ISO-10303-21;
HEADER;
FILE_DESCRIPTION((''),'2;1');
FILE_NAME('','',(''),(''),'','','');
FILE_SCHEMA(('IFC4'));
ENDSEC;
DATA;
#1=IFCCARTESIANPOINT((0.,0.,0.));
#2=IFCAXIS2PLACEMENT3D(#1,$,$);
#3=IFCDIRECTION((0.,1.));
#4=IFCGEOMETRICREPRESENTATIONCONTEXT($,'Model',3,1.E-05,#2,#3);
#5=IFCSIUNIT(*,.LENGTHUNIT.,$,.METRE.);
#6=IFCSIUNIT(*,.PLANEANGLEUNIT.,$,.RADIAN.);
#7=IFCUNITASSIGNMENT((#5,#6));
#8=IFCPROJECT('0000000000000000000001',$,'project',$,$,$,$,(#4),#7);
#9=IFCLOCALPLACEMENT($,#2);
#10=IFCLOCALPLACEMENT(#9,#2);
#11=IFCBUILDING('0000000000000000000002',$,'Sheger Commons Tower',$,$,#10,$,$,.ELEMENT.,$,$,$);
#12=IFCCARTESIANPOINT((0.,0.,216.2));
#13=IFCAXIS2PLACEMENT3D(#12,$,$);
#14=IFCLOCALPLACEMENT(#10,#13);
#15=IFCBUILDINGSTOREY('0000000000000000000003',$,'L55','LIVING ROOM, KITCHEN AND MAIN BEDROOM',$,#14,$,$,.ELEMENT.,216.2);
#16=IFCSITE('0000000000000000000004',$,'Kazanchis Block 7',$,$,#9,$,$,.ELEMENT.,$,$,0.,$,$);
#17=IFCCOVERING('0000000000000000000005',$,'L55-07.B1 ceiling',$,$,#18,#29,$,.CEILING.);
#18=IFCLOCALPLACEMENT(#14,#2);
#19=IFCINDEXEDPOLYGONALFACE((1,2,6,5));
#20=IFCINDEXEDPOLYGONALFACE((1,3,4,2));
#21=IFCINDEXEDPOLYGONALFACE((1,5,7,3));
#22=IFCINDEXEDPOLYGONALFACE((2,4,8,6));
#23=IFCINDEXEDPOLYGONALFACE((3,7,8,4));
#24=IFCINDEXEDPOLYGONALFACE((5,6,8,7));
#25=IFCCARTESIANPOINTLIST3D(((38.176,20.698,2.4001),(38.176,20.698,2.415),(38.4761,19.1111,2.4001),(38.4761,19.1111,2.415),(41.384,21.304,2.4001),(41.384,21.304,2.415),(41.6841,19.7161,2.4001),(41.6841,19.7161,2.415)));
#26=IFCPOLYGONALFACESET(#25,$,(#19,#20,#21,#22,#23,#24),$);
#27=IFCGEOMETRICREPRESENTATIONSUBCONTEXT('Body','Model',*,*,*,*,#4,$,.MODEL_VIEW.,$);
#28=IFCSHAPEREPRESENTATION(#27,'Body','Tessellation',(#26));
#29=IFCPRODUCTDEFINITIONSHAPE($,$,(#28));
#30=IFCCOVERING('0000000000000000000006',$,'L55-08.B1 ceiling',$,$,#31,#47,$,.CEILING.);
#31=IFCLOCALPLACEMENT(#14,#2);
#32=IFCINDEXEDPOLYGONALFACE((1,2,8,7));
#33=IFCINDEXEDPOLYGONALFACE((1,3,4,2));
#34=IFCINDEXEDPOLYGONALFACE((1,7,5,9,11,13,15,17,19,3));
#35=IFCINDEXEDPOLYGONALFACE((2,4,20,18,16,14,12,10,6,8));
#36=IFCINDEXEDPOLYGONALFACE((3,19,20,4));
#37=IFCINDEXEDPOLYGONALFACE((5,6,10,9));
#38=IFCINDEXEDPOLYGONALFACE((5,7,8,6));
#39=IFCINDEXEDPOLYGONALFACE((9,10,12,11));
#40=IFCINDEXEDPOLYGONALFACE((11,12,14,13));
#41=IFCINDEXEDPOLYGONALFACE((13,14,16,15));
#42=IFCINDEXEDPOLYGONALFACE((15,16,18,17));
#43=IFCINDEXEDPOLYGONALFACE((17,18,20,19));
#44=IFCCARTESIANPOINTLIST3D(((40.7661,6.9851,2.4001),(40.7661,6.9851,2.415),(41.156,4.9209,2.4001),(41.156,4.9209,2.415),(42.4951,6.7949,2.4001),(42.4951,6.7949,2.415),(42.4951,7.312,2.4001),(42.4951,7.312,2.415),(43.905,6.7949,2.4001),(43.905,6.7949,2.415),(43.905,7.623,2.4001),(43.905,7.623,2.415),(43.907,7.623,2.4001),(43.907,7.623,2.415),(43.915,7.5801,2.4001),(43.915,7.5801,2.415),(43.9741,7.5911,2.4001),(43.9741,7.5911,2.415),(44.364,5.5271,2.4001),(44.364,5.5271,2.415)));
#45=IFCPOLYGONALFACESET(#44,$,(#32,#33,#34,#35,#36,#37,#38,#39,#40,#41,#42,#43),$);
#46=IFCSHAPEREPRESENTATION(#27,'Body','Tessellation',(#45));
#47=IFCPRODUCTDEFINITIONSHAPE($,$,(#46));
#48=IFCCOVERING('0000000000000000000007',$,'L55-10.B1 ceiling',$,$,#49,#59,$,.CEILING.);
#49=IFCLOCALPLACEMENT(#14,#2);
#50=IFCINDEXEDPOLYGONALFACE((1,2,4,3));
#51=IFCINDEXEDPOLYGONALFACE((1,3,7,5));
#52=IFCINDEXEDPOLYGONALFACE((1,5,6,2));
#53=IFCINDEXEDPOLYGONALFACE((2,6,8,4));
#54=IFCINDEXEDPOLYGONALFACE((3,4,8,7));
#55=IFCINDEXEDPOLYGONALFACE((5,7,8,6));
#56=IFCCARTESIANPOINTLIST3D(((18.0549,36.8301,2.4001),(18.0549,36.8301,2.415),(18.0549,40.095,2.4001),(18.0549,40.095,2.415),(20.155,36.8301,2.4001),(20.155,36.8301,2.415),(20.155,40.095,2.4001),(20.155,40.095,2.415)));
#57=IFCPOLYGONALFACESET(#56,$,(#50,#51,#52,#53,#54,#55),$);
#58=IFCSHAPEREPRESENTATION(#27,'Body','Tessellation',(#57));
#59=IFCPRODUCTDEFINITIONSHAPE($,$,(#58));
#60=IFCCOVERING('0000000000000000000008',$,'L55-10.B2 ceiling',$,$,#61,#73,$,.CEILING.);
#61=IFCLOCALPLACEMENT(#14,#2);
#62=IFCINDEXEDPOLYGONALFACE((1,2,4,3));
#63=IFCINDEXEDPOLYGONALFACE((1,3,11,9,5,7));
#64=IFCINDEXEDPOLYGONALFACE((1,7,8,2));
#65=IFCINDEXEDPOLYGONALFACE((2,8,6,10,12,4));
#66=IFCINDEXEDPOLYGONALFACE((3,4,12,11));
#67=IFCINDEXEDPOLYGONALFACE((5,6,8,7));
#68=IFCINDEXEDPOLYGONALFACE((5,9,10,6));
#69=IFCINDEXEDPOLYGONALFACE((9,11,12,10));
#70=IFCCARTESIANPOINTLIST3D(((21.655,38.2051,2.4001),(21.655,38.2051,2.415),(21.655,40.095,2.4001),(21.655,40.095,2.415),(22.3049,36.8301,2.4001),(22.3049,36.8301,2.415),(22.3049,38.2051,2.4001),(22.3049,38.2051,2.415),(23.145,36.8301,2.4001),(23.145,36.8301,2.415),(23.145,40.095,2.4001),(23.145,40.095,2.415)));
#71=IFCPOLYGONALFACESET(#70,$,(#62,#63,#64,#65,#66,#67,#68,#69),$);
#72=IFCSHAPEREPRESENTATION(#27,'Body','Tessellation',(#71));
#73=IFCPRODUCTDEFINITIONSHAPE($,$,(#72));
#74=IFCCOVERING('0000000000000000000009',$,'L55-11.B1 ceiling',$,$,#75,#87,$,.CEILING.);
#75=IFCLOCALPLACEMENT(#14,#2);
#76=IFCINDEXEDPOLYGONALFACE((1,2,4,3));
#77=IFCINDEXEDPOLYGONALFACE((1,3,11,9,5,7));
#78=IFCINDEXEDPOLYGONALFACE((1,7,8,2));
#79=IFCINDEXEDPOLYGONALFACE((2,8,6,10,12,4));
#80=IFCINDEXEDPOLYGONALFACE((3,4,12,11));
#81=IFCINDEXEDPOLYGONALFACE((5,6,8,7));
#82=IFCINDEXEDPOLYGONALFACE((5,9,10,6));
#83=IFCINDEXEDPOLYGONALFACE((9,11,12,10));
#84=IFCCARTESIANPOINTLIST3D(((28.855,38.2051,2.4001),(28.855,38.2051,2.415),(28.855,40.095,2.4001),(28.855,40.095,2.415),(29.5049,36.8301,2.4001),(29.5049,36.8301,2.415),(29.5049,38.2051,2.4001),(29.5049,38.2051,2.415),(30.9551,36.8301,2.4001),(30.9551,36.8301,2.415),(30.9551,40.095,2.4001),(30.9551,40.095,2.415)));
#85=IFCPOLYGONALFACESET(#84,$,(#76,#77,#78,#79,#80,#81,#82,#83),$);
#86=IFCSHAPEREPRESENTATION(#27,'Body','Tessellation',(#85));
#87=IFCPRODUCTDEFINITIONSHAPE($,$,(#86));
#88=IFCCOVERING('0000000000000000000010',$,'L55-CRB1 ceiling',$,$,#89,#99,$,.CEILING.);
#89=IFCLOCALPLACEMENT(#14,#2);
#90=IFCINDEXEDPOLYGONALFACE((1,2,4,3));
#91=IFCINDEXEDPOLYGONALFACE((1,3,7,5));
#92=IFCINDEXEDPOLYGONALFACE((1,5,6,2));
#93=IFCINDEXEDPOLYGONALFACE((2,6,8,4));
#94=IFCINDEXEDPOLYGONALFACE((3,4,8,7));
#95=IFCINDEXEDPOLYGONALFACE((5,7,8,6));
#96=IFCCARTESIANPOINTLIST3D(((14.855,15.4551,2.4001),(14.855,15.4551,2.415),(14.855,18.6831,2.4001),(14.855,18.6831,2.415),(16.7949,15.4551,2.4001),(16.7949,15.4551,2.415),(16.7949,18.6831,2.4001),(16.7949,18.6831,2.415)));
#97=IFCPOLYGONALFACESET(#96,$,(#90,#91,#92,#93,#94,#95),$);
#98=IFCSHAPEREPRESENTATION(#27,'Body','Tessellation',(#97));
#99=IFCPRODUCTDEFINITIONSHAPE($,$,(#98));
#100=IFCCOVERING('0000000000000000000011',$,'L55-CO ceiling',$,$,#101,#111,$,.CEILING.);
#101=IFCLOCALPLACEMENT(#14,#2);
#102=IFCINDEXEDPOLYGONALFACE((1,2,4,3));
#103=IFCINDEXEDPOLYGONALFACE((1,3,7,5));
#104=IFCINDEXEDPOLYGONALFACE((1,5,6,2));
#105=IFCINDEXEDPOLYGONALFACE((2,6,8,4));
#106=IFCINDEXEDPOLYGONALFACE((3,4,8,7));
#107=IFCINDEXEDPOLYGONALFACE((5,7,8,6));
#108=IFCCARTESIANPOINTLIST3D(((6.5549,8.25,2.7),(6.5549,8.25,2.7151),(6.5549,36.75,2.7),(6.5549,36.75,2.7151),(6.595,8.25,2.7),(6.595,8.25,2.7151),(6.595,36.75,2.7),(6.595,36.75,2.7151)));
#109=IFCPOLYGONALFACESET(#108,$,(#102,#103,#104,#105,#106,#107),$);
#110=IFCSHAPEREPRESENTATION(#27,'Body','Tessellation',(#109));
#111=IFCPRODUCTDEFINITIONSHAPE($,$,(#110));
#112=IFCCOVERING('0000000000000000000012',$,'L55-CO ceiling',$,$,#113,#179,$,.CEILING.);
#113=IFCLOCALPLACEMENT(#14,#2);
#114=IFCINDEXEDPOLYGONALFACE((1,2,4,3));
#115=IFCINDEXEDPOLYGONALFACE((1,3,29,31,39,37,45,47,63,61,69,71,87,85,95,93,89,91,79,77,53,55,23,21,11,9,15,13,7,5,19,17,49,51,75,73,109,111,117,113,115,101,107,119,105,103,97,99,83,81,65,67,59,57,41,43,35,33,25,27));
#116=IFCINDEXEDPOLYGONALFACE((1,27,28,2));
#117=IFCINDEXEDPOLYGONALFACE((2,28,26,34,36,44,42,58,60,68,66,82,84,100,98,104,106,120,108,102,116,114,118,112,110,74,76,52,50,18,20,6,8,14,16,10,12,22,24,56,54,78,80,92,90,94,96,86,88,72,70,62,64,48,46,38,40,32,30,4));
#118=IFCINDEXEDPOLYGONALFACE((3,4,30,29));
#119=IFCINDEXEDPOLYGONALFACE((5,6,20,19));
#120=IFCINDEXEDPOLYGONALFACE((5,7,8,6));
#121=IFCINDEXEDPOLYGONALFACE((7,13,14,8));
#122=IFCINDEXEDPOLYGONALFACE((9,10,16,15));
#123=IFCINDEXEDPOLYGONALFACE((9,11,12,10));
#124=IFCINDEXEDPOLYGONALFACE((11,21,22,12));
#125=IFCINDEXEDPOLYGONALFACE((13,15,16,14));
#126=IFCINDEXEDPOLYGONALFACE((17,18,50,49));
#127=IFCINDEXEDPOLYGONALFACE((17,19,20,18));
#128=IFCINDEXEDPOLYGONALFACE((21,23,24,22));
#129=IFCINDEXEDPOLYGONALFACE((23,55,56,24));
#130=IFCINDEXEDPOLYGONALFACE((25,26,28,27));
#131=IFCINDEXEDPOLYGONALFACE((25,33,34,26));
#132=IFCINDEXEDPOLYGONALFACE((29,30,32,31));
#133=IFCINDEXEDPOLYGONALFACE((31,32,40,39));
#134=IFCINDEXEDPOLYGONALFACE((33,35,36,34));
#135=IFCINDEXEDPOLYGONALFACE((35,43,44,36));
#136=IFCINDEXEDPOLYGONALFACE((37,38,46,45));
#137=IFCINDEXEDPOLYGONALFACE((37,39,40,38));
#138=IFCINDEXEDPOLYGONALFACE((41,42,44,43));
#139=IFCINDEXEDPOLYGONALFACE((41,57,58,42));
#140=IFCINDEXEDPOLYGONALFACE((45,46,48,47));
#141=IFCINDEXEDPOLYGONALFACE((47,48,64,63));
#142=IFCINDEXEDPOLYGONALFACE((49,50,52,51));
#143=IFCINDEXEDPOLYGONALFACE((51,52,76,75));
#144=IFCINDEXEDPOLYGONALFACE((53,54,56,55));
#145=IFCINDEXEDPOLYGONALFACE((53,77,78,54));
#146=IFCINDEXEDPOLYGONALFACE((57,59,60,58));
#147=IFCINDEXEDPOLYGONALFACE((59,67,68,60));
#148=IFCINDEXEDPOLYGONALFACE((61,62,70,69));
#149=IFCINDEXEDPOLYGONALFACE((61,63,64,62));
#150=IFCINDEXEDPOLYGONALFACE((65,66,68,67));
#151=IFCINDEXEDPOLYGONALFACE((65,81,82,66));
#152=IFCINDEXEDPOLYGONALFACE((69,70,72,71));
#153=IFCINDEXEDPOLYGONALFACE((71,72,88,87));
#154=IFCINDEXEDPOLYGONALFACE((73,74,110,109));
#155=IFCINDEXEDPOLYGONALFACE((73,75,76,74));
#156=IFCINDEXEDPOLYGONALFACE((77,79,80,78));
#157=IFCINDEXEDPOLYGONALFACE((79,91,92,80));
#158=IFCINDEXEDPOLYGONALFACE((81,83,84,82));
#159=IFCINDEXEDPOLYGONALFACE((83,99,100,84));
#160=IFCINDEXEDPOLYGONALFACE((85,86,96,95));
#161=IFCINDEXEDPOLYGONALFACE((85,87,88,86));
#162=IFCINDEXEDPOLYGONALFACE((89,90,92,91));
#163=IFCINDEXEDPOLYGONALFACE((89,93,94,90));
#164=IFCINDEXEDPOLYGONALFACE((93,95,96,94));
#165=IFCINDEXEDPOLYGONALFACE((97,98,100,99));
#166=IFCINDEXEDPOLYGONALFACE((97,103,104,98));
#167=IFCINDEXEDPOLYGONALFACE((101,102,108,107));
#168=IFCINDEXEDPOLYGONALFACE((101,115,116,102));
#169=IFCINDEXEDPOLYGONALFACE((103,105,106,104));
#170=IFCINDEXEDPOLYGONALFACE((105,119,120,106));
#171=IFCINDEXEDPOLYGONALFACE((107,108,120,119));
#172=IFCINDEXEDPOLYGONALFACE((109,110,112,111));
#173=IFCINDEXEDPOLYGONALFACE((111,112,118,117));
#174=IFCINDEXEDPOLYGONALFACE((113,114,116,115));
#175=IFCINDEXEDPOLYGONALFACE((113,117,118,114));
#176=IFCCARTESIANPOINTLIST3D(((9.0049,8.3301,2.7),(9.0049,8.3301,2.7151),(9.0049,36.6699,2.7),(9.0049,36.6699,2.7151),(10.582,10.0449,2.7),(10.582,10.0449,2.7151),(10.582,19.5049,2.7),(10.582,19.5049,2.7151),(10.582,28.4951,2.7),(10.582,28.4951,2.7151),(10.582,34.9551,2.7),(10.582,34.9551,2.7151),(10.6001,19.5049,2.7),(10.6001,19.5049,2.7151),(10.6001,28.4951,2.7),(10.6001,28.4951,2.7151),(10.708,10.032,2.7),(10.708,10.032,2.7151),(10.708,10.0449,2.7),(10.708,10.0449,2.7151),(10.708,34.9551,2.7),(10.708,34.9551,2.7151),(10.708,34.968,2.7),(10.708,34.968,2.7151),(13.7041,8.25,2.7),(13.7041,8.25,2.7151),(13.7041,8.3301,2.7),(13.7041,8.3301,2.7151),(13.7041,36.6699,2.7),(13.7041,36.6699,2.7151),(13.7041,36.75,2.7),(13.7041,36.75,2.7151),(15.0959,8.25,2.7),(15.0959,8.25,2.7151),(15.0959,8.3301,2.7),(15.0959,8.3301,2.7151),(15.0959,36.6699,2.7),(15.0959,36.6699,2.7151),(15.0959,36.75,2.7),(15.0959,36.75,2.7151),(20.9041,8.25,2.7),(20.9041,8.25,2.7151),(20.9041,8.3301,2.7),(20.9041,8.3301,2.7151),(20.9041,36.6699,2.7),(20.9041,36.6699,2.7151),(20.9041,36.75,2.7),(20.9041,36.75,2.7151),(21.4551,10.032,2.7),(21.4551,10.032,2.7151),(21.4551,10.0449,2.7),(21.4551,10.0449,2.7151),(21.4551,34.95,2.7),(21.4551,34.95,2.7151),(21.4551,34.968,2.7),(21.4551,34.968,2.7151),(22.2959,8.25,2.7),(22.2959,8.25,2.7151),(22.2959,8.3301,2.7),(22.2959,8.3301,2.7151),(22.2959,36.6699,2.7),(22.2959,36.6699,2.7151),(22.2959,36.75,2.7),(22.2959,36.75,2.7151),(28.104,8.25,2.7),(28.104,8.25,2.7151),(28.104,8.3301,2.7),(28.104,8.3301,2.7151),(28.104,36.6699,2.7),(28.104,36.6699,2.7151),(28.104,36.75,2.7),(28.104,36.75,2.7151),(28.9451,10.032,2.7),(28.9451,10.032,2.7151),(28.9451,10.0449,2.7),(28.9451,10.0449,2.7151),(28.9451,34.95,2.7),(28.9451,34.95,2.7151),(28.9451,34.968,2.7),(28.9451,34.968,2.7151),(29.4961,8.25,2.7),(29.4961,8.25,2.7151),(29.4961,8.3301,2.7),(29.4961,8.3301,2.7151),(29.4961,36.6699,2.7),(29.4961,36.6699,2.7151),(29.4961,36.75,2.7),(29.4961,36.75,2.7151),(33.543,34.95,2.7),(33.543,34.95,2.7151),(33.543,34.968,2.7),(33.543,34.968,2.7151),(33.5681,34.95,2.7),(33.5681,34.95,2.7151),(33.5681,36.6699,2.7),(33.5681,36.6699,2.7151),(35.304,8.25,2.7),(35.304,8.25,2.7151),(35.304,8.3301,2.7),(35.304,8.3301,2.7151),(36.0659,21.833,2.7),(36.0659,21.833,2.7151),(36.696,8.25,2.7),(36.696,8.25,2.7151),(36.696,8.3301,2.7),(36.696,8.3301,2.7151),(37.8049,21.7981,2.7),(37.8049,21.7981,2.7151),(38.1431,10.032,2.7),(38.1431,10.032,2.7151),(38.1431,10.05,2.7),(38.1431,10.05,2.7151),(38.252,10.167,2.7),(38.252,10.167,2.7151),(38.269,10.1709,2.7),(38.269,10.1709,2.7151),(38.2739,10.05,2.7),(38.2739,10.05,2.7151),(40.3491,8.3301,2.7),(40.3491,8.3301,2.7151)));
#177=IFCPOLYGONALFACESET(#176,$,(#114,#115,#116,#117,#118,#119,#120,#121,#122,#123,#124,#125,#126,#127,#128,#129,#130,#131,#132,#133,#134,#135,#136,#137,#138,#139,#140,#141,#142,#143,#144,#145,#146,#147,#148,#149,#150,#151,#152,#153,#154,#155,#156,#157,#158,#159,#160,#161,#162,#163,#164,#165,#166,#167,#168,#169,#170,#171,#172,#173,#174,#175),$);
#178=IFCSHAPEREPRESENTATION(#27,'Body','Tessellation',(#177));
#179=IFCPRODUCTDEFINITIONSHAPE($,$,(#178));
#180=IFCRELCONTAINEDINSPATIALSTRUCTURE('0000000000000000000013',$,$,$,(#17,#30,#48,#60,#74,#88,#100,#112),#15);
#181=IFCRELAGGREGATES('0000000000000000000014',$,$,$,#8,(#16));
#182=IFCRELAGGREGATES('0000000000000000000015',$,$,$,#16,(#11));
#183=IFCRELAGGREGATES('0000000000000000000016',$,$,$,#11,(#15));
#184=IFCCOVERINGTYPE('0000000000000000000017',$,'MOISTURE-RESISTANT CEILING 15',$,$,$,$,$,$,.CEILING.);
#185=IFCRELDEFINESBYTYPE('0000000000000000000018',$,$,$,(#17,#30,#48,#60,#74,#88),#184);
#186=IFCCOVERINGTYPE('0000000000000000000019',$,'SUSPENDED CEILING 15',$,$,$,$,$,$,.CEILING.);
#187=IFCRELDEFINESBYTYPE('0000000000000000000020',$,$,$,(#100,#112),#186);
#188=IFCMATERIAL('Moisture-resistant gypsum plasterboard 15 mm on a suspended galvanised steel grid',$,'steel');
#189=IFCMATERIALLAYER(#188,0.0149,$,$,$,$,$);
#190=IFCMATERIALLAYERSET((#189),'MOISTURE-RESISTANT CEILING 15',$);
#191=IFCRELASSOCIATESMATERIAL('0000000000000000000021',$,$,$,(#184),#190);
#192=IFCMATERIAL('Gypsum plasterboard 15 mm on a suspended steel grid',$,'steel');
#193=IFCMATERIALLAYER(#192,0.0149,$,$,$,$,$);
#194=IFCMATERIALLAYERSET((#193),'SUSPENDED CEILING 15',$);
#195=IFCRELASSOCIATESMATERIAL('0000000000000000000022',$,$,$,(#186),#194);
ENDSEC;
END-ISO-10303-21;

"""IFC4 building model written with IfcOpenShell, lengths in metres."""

from ifc_helpers import new_model, si_unit, direction, frame, origin, place, context, subcontext, project, spatial, polyline, outline, extrude, material, layer, layer_set, type_object, element, save


model = new_model("IFC4")

# Units and contexts
model_context = context("Model", 3, precision=1e-05, world=origin(), true_north=direction((0.0, 1.0)))
body_context = subcontext(model_context, "Body", "Model", "MODEL_VIEW")
ifc_project = project(units=[si_unit("LENGTHUNIT", "METRE"), si_unit("PLANEANGLEUNIT", "RADIAN")], contexts=[model_context])

# Site, building, storey
site_placement = place(None, origin())
site = spatial("IfcSite", under=ifc_project, at=site_placement, Name="Kazanchis Block 7", CompositionType="ELEMENT", RefElevation=0.0)
building_placement = place(site_placement, origin())
building = spatial("IfcBuilding", under=site, at=building_placement, Name="Sheger Commons Tower", CompositionType="ELEMENT")
storey_placement = place(building_placement, frame((0.0, 0.0, 216.2)))
storey = spatial("IfcBuildingStorey", under=building, at=storey_placement, Name="L55", Description="LIVING ROOM, KITCHEN AND MAIN BEDROOM", CompositionType="ELEMENT", Elevation=216.2)

# Coverings
ifc_material_1 = material(Name="Moisture-resistant gypsum plasterboard 15 mm on a suspended galvanised steel grid", Category="steel")
ifc_layer_1 = layer(ifc_material_1, 0.0149)
ifc_layer_set_1 = layer_set([ifc_layer_1], Name="MOISTURE-RESISTANT CEILING 15")
covering_type_1 = type_object("IfcCoveringType", Name="MOISTURE-RESISTANT CEILING 15", PredefinedType="CEILING", material=ifc_layer_set_1)
covering_1_placement = place(storey_placement, frame((0.0, 0.0, 2.4001)))
element("IfcCovering", 1, at=covering_1_placement, inside=storey, type_object=covering_type_1, Name="L55-07.B1 ceiling", PredefinedType="CEILING", context=body_context, shape_type="SweptSolid", body=[
    extrude(outline(polyline([(38.4761, 19.1111), (41.6841, 19.7161), (41.384, 21.304), (38.176, 20.698), (38.4761, 19.1111)])), origin(), (0.0, 0.0, 1.0), 0.0149),
])
covering_2_placement = place(storey_placement, frame((0.0, 0.0, 2.4001)))
element("IfcCovering", 2, at=covering_2_placement, inside=storey, type_object=covering_type_1, Name="L55-08.B1 ceiling", PredefinedType="CEILING", context=body_context, shape_type="SweptSolid", body=[
    extrude(outline(polyline([(41.156, 4.9209), (44.364, 5.5271), (43.9741, 7.5911), (43.915, 7.5801), (43.907, 7.623), (43.905, 7.623), (43.905, 6.7949), (42.4951, 6.7949), (42.4951, 7.312), (40.7661, 6.9851), (41.156, 4.9209)])), origin(), (0.0, 0.0, 1.0), 0.0149),
])
covering_3_placement = place(storey_placement, frame((0.0, 0.0, 2.4001)))
element("IfcCovering", 3, at=covering_3_placement, inside=storey, type_object=covering_type_1, Name="L55-10.B1 ceiling", PredefinedType="CEILING", context=body_context, shape_type="SweptSolid", body=[
    extrude(outline(polyline([(18.0549, 36.8301), (20.155, 36.8301), (20.155, 40.095), (18.0549, 40.095), (18.0549, 36.8301)])), origin(), (0.0, 0.0, 1.0), 0.0149),
])
covering_4_placement = place(storey_placement, frame((0.0, 0.0, 2.4001)))
element("IfcCovering", 4, at=covering_4_placement, inside=storey, type_object=covering_type_1, Name="L55-10.B2 ceiling", PredefinedType="CEILING", context=body_context, shape_type="SweptSolid", body=[
    extrude(outline(polyline([(22.3049, 36.8301), (23.145, 36.8301), (23.145, 40.095), (21.655, 40.095), (21.655, 38.2051), (22.3049, 38.2051), (22.3049, 36.8301)])), origin(), (0.0, 0.0, 1.0), 0.0149),
])
covering_5_placement = place(storey_placement, frame((0.0, 0.0, 2.4001)))
element("IfcCovering", 5, at=covering_5_placement, inside=storey, type_object=covering_type_1, Name="L55-11.B1 ceiling", PredefinedType="CEILING", context=body_context, shape_type="SweptSolid", body=[
    extrude(outline(polyline([(29.5049, 36.8301), (30.9551, 36.8301), (30.9551, 40.095), (28.855, 40.095), (28.855, 38.2051), (29.5049, 38.2051), (29.5049, 36.8301)])), origin(), (0.0, 0.0, 1.0), 0.0149),
])
covering_6_placement = place(storey_placement, frame((0.0, 0.0, 2.4001)))
element("IfcCovering", 6, at=covering_6_placement, inside=storey, type_object=covering_type_1, Name="L55-CRB1 ceiling", PredefinedType="CEILING", context=body_context, shape_type="SweptSolid", body=[
    extrude(outline(polyline([(14.855, 15.4551), (16.7949, 15.4551), (16.7949, 18.6831), (14.855, 18.6831), (14.855, 15.4551)])), origin(), (0.0, 0.0, 1.0), 0.0149),
])
ifc_material_2 = material(Name="Gypsum plasterboard 15 mm on a suspended steel grid", Category="steel")
ifc_layer_2 = layer(ifc_material_2, 0.0149)
ifc_layer_set_2 = layer_set([ifc_layer_2], Name="SUSPENDED CEILING 15")
covering_type_2 = type_object("IfcCoveringType", Name="SUSPENDED CEILING 15", PredefinedType="CEILING", material=ifc_layer_set_2)
covering_7_placement = place(storey_placement, frame((0.0, 0.0, 2.7)))
element("IfcCovering", 7, at=covering_7_placement, inside=storey, type_object=covering_type_2, Name="L55-CO ceiling", PredefinedType="CEILING", context=body_context, shape_type="SweptSolid", body=[
    extrude(outline(polyline([(6.5549, 8.25), (6.595, 8.25), (6.595, 36.75), (6.5549, 36.75), (6.5549, 8.25)])), origin(), (0.0, 0.0, 1.0), 0.0151),
])
covering_8_placement = place(storey_placement, frame((0.0, 0.0, 2.7)))
element("IfcCovering", 8, at=covering_8_placement, inside=storey, type_object=covering_type_2, Name="L55-CO ceiling", PredefinedType="CEILING", context=body_context, shape_type="SweptSolid", body=[
    extrude(outline(polyline([(13.7041, 8.25), (15.0959, 8.25), (15.0959, 8.3301), (20.9041, 8.3301), (20.9041, 8.25), (22.2959, 8.25), (22.2959, 8.3301), (28.104, 8.3301), (28.104, 8.25), (29.4961, 8.25), (29.4961, 8.3301), (35.304, 8.3301), (35.304, 8.25), (36.696, 8.25), (36.696, 8.3301), (40.3491, 8.3301), (37.8049, 21.7981), (36.0659, 21.833), (38.269, 10.1709), (38.252, 10.167), (38.2739, 10.05), (38.1431, 10.05), (38.1431, 10.032), (28.9451, 10.032), (28.9451, 10.0449), (21.4551, 10.0449), (21.4551, 10.032), (10.708, 10.032), (10.708, 10.0449), (10.582, 10.0449), (10.582, 19.5049), (10.6001, 19.5049), (10.6001, 28.4951), (10.582, 28.4951), (10.582, 34.9551), (10.708, 34.9551), (10.708, 34.968), (21.4551, 34.968), (21.4551, 34.95), (28.9451, 34.95), (28.9451, 34.968), (33.543, 34.968), (33.543, 34.95), (33.5681, 34.95), (33.5681, 36.6699), (29.4961, 36.6699), (29.4961, 36.75), (28.104, 36.75), (28.104, 36.6699), (22.2959, 36.6699), (22.2959, 36.75), (20.9041, 36.75), (20.9041, 36.6699), (15.0959, 36.6699), (15.0959, 36.75), (13.7041, 36.75), (13.7041, 36.6699), (9.0049, 36.6699), (9.0049, 8.3301), (13.7041, 8.3301), (13.7041, 8.25)])), origin(), (0.0, 0.0, 1.0), 0.0151),
])

save(model, "model.ifc")
